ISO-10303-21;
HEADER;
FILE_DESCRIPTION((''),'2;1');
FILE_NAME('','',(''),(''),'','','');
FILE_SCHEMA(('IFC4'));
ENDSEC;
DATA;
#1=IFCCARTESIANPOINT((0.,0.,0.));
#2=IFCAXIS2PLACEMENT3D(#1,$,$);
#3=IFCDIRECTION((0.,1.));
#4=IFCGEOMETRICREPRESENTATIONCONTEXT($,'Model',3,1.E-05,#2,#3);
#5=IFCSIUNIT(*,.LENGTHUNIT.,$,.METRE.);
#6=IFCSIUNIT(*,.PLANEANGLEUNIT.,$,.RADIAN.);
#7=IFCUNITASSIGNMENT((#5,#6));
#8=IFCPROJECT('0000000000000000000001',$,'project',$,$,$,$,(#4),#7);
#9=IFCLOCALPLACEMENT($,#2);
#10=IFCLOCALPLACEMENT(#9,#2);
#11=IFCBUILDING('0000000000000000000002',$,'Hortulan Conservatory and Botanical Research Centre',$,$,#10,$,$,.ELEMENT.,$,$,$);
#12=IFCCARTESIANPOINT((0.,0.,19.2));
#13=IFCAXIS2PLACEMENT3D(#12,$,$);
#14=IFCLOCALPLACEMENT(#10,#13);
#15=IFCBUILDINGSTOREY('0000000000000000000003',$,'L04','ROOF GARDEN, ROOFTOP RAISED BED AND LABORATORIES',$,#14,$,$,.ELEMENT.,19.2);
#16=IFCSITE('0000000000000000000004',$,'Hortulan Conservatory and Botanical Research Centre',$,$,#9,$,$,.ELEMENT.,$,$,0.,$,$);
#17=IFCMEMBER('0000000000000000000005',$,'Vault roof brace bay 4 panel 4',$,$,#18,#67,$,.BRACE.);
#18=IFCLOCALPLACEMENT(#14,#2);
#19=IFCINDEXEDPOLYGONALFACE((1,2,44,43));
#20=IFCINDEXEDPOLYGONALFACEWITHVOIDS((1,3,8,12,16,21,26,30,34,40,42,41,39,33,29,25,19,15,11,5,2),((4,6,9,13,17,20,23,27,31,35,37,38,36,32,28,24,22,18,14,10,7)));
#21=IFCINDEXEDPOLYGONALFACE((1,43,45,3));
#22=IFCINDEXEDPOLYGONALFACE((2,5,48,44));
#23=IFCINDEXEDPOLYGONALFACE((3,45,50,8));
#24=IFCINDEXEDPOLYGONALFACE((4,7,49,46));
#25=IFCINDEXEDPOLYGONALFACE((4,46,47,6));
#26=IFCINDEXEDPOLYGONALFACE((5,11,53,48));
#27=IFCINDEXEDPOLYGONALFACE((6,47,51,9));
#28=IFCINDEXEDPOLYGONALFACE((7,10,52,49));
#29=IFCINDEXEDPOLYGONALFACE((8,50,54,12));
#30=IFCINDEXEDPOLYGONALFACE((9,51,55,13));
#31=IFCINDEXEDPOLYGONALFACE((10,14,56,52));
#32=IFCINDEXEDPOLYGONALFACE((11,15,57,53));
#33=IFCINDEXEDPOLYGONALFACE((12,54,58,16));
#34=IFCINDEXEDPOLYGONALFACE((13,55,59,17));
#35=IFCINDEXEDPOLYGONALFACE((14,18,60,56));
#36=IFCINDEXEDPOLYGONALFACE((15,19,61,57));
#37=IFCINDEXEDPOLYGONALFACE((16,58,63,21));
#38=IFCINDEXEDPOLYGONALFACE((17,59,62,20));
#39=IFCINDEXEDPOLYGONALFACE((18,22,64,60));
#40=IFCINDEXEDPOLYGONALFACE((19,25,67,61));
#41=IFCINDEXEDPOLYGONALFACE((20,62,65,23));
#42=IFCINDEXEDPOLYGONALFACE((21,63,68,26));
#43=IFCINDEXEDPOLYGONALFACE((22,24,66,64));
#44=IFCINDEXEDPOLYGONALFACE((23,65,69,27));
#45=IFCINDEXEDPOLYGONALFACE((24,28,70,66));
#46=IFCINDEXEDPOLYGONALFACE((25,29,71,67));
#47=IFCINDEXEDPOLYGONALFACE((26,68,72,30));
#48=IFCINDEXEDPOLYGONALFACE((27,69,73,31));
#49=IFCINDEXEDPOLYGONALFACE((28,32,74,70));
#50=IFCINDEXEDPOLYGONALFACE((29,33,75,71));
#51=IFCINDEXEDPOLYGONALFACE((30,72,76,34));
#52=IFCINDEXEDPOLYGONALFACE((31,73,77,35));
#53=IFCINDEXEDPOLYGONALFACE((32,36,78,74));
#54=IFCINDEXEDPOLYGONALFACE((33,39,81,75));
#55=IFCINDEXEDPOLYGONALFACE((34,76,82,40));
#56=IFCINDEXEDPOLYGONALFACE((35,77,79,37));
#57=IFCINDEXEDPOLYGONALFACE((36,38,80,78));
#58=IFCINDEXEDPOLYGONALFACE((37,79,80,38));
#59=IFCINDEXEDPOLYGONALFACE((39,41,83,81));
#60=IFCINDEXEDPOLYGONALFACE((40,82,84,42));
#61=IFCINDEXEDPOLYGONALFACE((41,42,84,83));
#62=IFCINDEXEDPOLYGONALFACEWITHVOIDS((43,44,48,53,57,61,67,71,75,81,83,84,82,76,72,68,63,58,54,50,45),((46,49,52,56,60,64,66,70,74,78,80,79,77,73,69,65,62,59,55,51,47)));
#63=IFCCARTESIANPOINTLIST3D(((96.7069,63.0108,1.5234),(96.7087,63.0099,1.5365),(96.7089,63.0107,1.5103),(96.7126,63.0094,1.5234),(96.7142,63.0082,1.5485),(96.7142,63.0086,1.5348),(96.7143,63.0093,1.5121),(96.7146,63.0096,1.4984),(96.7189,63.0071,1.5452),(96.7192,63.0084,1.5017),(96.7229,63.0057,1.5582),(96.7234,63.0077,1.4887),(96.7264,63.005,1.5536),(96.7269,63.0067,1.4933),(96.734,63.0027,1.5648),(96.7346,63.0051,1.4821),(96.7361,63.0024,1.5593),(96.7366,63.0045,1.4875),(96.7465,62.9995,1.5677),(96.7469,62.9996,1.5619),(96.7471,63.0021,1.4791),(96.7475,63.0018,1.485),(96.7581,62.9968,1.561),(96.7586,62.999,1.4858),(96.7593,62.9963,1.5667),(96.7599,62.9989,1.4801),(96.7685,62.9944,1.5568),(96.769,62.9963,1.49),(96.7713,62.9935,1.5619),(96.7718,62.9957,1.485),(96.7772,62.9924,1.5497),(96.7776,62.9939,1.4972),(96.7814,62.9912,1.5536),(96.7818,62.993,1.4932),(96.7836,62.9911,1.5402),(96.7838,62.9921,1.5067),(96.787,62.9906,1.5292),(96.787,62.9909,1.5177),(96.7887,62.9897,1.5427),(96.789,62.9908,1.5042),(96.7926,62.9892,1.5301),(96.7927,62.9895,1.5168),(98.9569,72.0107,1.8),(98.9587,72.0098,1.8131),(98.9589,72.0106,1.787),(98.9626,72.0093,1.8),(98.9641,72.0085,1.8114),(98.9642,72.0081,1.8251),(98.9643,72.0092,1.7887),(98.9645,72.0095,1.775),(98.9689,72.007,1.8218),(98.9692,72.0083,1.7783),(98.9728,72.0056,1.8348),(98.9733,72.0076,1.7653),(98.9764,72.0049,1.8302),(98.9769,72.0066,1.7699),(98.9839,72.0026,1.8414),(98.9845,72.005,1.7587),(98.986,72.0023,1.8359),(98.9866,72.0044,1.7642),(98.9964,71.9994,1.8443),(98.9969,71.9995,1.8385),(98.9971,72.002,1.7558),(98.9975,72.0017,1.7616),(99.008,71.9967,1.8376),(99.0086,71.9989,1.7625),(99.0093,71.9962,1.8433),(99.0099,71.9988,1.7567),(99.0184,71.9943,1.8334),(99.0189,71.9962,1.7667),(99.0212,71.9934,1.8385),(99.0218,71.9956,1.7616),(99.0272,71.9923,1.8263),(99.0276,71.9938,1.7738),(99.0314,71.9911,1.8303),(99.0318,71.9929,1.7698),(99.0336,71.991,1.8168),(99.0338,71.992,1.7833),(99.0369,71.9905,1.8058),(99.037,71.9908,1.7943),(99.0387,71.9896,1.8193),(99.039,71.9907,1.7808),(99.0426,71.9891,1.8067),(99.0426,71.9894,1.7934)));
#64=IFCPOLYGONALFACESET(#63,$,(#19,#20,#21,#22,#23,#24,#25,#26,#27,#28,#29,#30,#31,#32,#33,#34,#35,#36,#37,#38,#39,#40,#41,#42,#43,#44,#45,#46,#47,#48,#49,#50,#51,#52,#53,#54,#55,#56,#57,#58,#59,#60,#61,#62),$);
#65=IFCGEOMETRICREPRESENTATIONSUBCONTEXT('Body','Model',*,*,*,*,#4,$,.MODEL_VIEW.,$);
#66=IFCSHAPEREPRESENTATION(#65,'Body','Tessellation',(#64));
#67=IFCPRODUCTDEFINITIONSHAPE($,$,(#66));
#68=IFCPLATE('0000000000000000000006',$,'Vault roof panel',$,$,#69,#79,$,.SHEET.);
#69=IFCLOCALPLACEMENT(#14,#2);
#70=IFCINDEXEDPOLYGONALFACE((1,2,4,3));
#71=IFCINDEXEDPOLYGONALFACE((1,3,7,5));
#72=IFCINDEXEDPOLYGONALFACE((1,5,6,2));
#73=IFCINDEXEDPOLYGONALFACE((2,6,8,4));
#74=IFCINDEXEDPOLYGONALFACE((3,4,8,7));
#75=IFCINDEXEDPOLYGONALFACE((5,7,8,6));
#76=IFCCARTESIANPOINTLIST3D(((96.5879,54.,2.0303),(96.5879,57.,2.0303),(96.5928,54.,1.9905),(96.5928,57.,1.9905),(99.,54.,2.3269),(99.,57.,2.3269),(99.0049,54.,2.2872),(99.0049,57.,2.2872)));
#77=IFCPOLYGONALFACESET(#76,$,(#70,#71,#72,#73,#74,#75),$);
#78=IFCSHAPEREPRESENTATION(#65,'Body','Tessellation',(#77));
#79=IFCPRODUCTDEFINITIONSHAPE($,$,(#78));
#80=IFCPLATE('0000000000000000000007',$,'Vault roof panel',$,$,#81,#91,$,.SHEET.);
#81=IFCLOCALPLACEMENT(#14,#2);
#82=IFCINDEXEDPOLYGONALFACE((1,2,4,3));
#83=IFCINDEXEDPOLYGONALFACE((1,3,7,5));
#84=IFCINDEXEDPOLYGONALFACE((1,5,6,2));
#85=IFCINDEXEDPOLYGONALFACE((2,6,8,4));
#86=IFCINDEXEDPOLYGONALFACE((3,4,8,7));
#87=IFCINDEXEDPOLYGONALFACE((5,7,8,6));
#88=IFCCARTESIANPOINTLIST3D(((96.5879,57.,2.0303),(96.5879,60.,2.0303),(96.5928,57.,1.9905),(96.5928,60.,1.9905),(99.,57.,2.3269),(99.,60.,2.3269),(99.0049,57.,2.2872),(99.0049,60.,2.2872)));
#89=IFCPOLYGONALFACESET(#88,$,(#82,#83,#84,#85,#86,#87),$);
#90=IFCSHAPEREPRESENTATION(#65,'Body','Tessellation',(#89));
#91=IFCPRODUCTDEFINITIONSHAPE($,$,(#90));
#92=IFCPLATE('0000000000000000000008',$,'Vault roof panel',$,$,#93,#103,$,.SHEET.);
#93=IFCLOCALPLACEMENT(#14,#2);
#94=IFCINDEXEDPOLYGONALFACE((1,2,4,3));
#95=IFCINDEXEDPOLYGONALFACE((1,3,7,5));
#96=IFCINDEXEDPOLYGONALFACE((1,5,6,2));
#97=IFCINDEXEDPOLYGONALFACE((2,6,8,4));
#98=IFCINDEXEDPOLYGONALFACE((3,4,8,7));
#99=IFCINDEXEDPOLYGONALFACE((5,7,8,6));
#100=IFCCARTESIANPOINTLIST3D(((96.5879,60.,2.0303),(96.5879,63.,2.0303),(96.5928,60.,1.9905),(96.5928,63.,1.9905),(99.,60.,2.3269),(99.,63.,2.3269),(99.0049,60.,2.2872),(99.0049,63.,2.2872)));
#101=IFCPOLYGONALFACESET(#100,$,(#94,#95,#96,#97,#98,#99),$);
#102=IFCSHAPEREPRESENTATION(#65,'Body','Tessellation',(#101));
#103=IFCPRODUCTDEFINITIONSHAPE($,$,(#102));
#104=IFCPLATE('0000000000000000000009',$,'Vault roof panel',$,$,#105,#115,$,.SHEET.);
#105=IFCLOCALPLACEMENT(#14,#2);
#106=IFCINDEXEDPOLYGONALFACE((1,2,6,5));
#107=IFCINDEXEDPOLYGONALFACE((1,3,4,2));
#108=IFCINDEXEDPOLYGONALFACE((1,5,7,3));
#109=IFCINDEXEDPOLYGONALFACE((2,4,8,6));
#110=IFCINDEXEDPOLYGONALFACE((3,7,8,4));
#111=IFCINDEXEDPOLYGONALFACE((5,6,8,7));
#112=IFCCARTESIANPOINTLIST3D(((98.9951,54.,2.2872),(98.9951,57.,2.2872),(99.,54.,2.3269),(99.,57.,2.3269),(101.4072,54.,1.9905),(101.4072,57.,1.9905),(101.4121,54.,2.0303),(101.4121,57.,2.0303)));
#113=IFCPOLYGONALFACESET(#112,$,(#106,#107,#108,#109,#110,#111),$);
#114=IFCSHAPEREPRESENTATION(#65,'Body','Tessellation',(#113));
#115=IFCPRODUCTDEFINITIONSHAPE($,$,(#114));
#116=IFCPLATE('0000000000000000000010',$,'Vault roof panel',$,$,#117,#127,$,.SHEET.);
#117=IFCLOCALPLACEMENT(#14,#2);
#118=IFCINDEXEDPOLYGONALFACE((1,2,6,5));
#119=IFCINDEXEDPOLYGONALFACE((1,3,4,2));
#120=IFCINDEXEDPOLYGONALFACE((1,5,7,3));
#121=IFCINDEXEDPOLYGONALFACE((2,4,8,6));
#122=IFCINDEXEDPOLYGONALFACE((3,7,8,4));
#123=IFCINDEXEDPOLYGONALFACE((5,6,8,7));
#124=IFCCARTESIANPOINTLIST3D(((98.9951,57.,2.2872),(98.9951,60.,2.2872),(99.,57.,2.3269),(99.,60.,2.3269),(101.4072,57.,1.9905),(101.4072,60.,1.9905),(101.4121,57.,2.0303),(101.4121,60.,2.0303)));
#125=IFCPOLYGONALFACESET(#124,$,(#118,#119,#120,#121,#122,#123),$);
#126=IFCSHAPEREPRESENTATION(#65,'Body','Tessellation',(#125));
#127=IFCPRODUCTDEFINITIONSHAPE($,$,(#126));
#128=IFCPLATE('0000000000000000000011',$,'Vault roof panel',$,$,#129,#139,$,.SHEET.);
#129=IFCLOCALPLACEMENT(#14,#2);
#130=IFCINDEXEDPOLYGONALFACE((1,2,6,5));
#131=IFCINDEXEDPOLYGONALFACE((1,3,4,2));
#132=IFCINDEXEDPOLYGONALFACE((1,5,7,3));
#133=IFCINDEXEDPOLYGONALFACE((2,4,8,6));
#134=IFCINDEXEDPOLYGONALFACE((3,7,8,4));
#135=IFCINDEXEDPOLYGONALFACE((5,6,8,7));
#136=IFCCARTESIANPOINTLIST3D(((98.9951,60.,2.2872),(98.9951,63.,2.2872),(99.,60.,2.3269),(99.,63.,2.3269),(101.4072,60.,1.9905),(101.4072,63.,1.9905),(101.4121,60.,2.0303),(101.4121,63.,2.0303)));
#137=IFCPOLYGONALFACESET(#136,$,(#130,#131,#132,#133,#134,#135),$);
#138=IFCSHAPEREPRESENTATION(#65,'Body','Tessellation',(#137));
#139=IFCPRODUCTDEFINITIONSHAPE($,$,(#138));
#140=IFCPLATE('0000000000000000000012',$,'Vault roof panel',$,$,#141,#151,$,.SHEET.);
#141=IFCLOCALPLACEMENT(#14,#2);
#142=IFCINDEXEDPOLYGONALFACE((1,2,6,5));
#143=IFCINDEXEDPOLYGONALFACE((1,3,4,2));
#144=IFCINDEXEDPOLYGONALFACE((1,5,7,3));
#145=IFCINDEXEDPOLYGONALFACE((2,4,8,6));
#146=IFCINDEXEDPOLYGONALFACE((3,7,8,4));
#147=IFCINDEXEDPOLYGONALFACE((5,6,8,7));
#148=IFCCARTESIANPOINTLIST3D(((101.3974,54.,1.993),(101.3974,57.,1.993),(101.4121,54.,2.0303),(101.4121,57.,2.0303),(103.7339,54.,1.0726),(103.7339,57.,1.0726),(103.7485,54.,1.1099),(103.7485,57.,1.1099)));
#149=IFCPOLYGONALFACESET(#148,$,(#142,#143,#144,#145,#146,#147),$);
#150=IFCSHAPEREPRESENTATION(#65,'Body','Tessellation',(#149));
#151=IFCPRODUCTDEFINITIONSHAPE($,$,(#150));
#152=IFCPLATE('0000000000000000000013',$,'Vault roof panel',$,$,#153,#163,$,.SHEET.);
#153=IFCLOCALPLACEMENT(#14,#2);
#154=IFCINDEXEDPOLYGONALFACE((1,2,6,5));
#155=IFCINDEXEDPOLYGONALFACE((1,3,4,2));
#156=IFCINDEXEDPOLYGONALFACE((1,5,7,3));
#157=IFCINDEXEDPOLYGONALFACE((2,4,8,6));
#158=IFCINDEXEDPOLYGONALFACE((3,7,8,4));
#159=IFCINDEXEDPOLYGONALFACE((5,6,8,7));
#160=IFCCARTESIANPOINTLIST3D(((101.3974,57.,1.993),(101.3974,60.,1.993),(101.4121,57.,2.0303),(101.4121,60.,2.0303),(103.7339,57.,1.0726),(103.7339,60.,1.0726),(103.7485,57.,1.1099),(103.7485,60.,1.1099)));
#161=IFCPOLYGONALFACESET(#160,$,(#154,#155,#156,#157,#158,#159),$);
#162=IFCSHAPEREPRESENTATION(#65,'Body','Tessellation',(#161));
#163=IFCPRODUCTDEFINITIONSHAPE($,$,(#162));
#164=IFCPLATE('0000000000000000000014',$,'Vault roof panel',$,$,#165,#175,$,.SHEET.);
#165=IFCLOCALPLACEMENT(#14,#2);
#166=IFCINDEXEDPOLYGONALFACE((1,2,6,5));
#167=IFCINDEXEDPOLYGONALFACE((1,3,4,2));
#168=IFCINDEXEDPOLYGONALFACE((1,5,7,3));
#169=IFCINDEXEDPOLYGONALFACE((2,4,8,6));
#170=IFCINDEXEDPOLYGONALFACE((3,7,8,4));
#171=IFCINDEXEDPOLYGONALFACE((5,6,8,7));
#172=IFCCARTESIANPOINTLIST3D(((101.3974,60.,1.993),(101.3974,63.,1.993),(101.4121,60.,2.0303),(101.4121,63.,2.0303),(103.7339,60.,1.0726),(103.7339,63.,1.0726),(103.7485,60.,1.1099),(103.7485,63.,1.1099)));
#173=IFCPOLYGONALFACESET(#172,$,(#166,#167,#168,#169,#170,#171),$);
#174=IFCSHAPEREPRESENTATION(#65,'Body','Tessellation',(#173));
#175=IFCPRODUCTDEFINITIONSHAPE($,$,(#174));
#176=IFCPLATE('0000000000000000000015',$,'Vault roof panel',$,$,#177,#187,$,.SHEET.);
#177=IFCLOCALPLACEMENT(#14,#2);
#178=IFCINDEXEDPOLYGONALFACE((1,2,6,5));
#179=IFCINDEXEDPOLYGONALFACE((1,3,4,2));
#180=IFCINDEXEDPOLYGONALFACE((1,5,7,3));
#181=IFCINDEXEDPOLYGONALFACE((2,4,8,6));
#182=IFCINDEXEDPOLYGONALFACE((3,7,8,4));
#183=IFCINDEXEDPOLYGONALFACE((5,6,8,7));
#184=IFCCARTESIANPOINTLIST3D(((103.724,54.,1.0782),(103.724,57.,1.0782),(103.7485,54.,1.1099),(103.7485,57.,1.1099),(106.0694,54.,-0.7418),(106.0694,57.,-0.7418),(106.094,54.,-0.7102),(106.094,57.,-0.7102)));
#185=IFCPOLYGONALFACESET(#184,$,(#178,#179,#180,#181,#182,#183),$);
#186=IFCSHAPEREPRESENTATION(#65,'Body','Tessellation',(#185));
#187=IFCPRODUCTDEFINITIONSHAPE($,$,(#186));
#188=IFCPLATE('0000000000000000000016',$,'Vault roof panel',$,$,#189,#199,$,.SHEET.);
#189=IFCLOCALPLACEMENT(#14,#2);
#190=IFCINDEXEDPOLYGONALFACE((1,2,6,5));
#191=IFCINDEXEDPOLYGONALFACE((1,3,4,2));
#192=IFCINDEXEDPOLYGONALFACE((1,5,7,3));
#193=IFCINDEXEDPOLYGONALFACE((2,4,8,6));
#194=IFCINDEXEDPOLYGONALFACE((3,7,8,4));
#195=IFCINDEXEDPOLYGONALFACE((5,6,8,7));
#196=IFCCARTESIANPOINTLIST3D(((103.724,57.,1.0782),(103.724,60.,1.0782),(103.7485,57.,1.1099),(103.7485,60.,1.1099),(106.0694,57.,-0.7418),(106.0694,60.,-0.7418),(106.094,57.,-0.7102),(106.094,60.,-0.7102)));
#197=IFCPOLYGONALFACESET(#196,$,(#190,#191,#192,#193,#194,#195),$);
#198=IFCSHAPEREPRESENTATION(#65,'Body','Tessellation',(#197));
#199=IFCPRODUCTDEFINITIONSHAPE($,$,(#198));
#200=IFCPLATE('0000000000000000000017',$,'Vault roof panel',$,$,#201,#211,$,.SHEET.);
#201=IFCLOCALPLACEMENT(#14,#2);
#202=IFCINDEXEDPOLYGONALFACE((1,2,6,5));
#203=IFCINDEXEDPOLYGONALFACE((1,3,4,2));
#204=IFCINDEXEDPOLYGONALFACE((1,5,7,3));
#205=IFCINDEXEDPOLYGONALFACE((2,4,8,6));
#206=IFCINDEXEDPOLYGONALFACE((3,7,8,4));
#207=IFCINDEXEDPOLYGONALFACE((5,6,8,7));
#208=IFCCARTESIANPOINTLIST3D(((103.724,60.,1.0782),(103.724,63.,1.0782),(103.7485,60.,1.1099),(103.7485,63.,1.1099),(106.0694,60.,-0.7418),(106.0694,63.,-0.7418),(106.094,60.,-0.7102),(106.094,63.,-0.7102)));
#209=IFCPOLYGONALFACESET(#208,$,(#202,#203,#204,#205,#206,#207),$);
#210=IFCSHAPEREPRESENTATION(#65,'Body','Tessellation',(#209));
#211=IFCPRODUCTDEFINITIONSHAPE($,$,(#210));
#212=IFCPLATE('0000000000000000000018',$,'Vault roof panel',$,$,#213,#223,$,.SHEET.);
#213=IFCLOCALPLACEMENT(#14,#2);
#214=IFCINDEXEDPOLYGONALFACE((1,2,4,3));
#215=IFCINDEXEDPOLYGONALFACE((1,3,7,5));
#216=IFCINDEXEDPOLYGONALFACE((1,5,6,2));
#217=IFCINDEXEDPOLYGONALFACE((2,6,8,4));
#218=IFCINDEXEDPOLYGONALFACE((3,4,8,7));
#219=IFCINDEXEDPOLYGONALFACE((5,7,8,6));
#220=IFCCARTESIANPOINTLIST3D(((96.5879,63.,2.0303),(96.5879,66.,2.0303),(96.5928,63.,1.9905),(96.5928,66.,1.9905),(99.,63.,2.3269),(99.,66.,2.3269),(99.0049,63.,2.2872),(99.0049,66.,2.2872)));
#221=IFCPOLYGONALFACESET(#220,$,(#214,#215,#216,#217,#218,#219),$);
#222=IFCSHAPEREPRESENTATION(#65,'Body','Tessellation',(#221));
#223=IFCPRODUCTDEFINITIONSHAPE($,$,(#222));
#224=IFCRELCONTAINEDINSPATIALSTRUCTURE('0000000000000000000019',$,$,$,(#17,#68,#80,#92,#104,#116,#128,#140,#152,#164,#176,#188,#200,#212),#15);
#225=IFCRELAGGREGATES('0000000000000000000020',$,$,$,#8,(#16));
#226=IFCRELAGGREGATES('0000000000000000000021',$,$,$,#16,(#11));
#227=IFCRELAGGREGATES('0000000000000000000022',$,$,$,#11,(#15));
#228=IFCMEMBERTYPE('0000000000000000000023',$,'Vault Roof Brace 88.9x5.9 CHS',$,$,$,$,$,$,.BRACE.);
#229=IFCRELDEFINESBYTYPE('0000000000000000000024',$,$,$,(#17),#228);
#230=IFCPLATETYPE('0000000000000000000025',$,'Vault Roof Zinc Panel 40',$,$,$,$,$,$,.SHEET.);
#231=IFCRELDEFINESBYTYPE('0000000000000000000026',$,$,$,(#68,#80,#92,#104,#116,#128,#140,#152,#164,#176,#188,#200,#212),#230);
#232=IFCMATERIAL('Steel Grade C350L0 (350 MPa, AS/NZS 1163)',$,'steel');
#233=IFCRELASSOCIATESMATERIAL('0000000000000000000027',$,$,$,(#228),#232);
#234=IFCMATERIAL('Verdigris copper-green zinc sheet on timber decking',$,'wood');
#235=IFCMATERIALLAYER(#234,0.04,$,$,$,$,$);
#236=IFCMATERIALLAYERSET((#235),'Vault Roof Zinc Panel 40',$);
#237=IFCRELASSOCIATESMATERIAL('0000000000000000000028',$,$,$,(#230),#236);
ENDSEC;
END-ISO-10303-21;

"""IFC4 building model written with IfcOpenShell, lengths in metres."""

from ifc_helpers import new_model, si_unit, direction, frame, origin, origin_2d, place, context, subcontext, project, spatial, polyline, hollow_circle, outline, extrude, material, layer, layer_set, material_profile, profile_set, type_object, element, save


model = new_model("IFC4")

# Units and contexts
model_context = context("Model", 3, precision=1e-05, world=origin(), true_north=direction((0.0, 1.0)))
body_context = subcontext(model_context, "Body", "Model", "MODEL_VIEW")
ifc_project = project(units=[si_unit("LENGTHUNIT", "METRE"), si_unit("PLANEANGLEUNIT", "RADIAN")], contexts=[model_context])

# Site, building, storey
site_placement = place(None, origin())
site = spatial("IfcSite", under=ifc_project, at=site_placement, Name="Hortulan Conservatory and Botanical Research Centre", CompositionType="ELEMENT", RefElevation=0.0)
building_placement = place(site_placement, origin())
building = spatial("IfcBuilding", under=site, at=building_placement, Name="Hortulan Conservatory and Botanical Research Centre", CompositionType="ELEMENT")
storey_placement = place(building_placement, frame((0.0, 0.0, 19.2)))
storey = spatial("IfcBuildingStorey", under=building, at=storey_placement, Name="L04", Description="ROOF GARDEN, ROOFTOP RAISED BED AND LABORATORIES", CompositionType="ELEMENT", Elevation=19.2)

# Member
ifc_material_1 = material(Name="Steel Grade C350L0 (350 MPa, AS/NZS 1163)", Category="steel")
ifc_material_profile_1 = material_profile(ifc_material_1, hollow_circle(Radius=0.0444, WallThickness=0.0059, at=origin_2d()), Name="88.9x5.9CHS")
ifc_profile_set_1 = profile_set([ifc_material_profile_1], Name="Steel Grade C350L0 (350 MPa, AS/NZS 1163)")
member_type_1 = type_object("IfcMemberType", Name="Vault Roof Brace 88.9x5.9 CHS", PredefinedType="BRACE", material=ifc_profile_set_1)
member_placement = place(storey_placement, frame((96.75, 63.0, 1.5234), z_axis=(0.242428, 0.969712, 0.029804), x_axis=(-0.970143, 0.242536, 0.0)))
element("IfcMember", 1, at=member_placement, inside=storey, type_object=member_type_1, Name="Vault roof brace bay 4 panel 4", PredefinedType="BRACE", context=body_context, shape_type="SweptSolid", body=[
    extrude(hollow_circle(Radius=0.0444, WallThickness=0.0059, at=origin_2d()), origin(), (0.0, 0.0, 1.0), 9.281),
])

# Plates
ifc_material_2 = material(Name="Verdigris copper-green zinc sheet on timber decking", Category="wood")
ifc_layer = layer(ifc_material_2, 0.04)
ifc_layer_set = layer_set([ifc_layer], Name="Vault Roof Zinc Panel 40")
plate_type = type_object("IfcPlateType", Name="Vault Roof Zinc Panel 40", PredefinedType="SHEET", material=ifc_layer_set)
for number, where, z_axis, x_axis, name in (
    (2, (96.5879, 54.0, 2.0303), (-0.122056, 0.0, 0.992523), (0.992523, 0.0, 0.122056), "Vault roof panel"),
    (3, (96.5879, 57.0, 2.0303), (-0.122056, 0.0, 0.992523), (0.992523, 0.0, 0.122056), "Vault roof panel"),
    (4, (96.5879, 60.0, 2.0303), (-0.122056, 0.0, 0.992523), (0.992523, 0.0, 0.122056), "Vault roof panel"),
    (5, (99.0, 54.0, 2.3269), (0.122056, 0.0, 0.992523), (0.992523, 0.0, -0.122056), "Vault roof panel"),
    (6, (99.0, 57.0, 2.3269), (0.122056, 0.0, 0.992523), (0.992523, 0.0, -0.122056), "Vault roof panel"),
    (7, (99.0, 60.0, 2.3269), (0.122056, 0.0, 0.992523), (0.992523, 0.0, -0.122056), "Vault roof panel"),
):
    element("IfcPlate", number, at=place(storey_placement, frame(where, z_axis=z_axis, x_axis=x_axis)), inside=storey, type_object=plate_type, Name=name, PredefinedType="SHEET", context=body_context, shape_type="SweptSolid", body=[
        extrude(outline(polyline([(0.0, 0.0), (2.4303, 0.0), (2.4303, 3.0), (0.0, 3.0), (0.0, 0.0)])), origin(), (0.0, 0.0, -1.0), 0.04),
    ])
for number, where, z_axis, x_axis, name in (
    (8, (101.4121, 54.0, 2.0303), (0.366525, 0.0, 0.930408), (0.930408, 0.0, -0.366525), "Vault roof panel"),
    (9, (101.4121, 57.0, 2.0303), (0.366525, 0.0, 0.930408), (0.930408, 0.0, -0.366525), "Vault roof panel"),
    (10, (101.4121, 60.0, 2.0303), (0.366525, 0.0, 0.930408), (0.930408, 0.0, -0.366525), "Vault roof panel"),
):
    element("IfcPlate", number, at=place(storey_placement, frame(where, z_axis=z_axis, x_axis=x_axis)), inside=storey, type_object=plate_type, Name=name, PredefinedType="SHEET", context=body_context, shape_type="SweptSolid", body=[
        extrude(outline(polyline([(0.0, 0.0), (2.5112, 0.0), (2.5112, 3.0), (0.0, 3.0), (0.0, 0.0)])), origin(), (0.0, 0.0, -1.0), 0.04),
    ])
for number, where, z_axis, x_axis, name in (
    (11, (103.7485, 54.0, 1.1099), (0.613063, 0.0, 0.790034), (0.790034, 0.0, -0.613063), "Vault roof panel"),
    (12, (103.7485, 57.0, 1.1099), (0.613063, 0.0, 0.790034), (0.790034, 0.0, -0.613063), "Vault roof panel"),
    (13, (103.7485, 60.0, 1.1099), (0.613063, 0.0, 0.790034), (0.790034, 0.0, -0.613063), "Vault roof panel"),
):
    element("IfcPlate", number, at=place(storey_placement, frame(where, z_axis=z_axis, x_axis=x_axis)), inside=storey, type_object=plate_type, Name=name, PredefinedType="SHEET", context=body_context, shape_type="SweptSolid", body=[
        extrude(outline(polyline([(0.0, 0.0), (2.9688, 0.0), (2.9688, 3.0), (0.0, 3.0), (0.0, 0.0)])), origin(), (0.0, 0.0, -1.0), 0.04),
    ])
for number, where, z_axis, x_axis, name in (
    (14, (96.5879, 63.0, 2.0303), (-0.122056, 0.0, 0.992523), (0.992523, 0.0, 0.122056), "Vault roof panel"),
):
    element("IfcPlate", number, at=place(storey_placement, frame(where, z_axis=z_axis, x_axis=x_axis)), inside=storey, type_object=plate_type, Name=name, PredefinedType="SHEET", context=body_context, shape_type="SweptSolid", body=[
        extrude(outline(polyline([(0.0, 0.0), (2.4303, 0.0), (2.4303, 3.0), (0.0, 3.0), (0.0, 0.0)])), origin(), (0.0, 0.0, -1.0), 0.04),
    ])

save(model, "model.ifc")
